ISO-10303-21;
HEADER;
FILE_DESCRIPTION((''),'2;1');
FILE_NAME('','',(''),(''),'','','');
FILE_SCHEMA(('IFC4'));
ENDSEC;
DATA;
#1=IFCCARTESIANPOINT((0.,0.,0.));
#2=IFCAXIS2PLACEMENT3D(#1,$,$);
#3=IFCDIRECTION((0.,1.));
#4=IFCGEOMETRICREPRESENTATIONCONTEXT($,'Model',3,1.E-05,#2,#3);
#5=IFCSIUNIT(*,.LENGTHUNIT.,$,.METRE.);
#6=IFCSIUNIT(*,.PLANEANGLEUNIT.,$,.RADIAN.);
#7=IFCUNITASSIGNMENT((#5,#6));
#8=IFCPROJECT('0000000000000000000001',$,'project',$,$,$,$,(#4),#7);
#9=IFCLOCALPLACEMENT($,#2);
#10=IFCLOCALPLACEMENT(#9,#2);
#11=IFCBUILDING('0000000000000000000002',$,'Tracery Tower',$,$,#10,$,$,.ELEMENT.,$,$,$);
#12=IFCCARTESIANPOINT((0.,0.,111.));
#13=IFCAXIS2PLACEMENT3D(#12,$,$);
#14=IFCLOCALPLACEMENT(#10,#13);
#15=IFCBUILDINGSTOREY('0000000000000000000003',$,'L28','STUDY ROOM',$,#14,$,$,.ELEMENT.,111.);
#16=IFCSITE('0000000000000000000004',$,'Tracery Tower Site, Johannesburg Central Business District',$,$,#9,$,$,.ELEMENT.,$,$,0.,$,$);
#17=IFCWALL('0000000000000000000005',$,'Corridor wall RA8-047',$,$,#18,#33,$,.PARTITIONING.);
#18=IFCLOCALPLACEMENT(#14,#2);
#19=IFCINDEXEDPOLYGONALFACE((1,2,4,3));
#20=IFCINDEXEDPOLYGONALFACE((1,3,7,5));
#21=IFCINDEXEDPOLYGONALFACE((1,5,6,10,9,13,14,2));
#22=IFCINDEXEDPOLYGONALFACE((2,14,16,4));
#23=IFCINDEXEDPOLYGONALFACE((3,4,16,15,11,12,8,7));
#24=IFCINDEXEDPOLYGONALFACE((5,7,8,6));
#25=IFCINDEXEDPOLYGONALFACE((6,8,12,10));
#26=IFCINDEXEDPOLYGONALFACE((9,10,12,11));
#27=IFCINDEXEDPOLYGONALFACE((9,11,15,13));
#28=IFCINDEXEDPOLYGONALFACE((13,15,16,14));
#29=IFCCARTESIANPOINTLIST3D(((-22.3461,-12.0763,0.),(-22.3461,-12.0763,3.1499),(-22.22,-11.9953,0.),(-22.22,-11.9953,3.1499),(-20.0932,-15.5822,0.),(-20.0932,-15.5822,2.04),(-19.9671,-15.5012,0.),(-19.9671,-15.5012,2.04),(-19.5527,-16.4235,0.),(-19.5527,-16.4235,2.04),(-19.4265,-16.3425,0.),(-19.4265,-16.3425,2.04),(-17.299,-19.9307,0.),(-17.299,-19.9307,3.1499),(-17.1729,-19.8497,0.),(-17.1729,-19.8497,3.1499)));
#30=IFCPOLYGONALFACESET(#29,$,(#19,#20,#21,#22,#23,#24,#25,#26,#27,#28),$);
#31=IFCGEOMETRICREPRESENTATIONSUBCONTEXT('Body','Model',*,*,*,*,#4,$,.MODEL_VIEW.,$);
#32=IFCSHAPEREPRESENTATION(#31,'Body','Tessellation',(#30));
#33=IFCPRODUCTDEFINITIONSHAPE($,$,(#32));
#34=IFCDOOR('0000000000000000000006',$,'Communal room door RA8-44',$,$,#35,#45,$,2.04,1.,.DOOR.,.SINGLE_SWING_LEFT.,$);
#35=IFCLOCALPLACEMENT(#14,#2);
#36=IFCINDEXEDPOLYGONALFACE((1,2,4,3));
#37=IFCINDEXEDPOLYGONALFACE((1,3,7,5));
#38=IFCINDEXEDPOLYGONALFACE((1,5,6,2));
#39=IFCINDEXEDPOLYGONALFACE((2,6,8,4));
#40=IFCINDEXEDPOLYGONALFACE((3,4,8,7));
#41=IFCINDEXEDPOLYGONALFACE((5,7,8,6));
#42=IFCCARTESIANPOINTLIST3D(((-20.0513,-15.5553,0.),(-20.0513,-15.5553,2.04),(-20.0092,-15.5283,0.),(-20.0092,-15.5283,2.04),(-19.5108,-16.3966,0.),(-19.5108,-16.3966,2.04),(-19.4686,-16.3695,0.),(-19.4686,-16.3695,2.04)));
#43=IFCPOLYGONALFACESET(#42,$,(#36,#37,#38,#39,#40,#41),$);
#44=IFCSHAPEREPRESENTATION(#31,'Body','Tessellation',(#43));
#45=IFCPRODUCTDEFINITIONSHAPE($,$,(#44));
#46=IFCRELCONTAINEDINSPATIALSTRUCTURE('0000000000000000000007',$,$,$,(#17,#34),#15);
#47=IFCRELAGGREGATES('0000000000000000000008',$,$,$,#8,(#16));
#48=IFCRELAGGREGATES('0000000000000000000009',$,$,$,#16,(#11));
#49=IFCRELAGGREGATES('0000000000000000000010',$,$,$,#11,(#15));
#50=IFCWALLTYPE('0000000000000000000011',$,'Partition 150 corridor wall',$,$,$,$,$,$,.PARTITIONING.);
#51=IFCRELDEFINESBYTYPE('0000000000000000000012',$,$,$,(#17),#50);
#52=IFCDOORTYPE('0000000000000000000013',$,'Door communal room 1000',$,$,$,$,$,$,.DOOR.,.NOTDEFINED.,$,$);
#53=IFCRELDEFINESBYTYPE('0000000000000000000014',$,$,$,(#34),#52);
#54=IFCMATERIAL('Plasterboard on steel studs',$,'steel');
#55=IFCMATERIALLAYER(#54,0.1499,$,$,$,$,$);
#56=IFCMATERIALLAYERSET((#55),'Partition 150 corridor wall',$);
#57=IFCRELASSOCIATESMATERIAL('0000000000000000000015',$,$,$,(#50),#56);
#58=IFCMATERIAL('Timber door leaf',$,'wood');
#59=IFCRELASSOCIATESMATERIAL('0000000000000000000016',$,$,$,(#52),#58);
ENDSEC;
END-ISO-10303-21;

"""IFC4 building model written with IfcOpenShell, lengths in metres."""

from ifc_helpers import new_model, si_unit, direction, frame, frame_2d, origin, place, context, subcontext, project, spatial, rectangle, extrude, material, layer, layer_set, type_object, element, fill, save


model = new_model("IFC4")

# Units and contexts
model_context = context("Model", 3, precision=1e-05, world=origin(), true_north=direction((0.0, 1.0)))
body_context = subcontext(model_context, "Body", "Model", "MODEL_VIEW")
ifc_project = project(units=[si_unit("LENGTHUNIT", "METRE"), si_unit("PLANEANGLEUNIT", "RADIAN")], contexts=[model_context])

# Site, building, storey
site_placement = place(None, origin())
site = spatial("IfcSite", under=ifc_project, at=site_placement, Name="Tracery Tower Site, Johannesburg Central Business District", CompositionType="ELEMENT", RefElevation=0.0)
building_placement = place(site_placement, origin())
building = spatial("IfcBuilding", under=site, at=building_placement, Name="Tracery Tower", CompositionType="ELEMENT")
storey_placement = place(building_placement, frame((0.0, 0.0, 111.0)))
storey = spatial("IfcBuildingStorey", under=building, at=storey_placement, Name="L28", Description="STUDY ROOM", CompositionType="ELEMENT", Elevation=111.0)

# Wall, opening, door
ifc_material_1 = material(Name="Plasterboard on steel studs", Category="steel")
ifc_layer_1 = layer(ifc_material_1, 0.1499)
ifc_layer_set_1 = layer_set([ifc_layer_1], Name="Partition 150 corridor wall")
wall_type_1 = type_object("IfcWallType", Name="Partition 150 corridor wall", PredefinedType="PARTITIONING", material=ifc_layer_set_1)
wall_1_placement = place(storey_placement, frame((-22.283, -12.0359, 0.0), z_axis=(0.0, 0.0, 1.0), x_axis=(0.540591, -0.841286, 0.0)))
wall_1 = element("IfcWall", 1, at=wall_1_placement, inside=storey, type_object=wall_type_1, Name="Corridor wall RA8-047", PredefinedType="PARTITIONING", context=body_context, shape_type="SweptSolid", body=[
    extrude(rectangle(XDim=9.3362, YDim=0.1499, at=frame_2d((4.668, 0.0))), origin(), (0.0, 0.0, 1.0), 3.1499),
])
opening_1_placement = place(wall_1_placement, frame((4.1672, 0.0, 0.0)))
opening_1 = element("IfcOpeningElement", 2, at=opening_1_placement, cuts=wall_1, PredefinedType="OPENING", context=body_context, shape_type="SweptSolid", body=[
    extrude(rectangle(XDim=1.0, YDim=2.04, at=frame_2d((0.5, 1.02))), frame((0.0, 0.075, 0.0), z_axis=(0.0, -1.0, 0.0), x_axis=(1.0, 0.0, 0.0)), (0.0, 0.0, 1.0), 0.1499),
])
ifc_material_2 = material(Name="Timber door leaf", Category="wood")
door_type_1 = type_object("IfcDoorType", Name="Door communal room 1000", OperationType="NOTDEFINED", PredefinedType="DOOR", material=ifc_material_2)
door_1_placement = place(opening_1_placement, origin())
door_1 = element("IfcDoor", 3, at=door_1_placement, inside=storey, type_object=door_type_1, Name="Communal room door RA8-44", OperationType="SINGLE_SWING_LEFT", OverallHeight=2.04, OverallWidth=1.0, PredefinedType="DOOR", context=body_context, shape_type="SweptSolid", body=[
    extrude(rectangle(XDim=1.0, YDim=2.04, at=frame_2d((0.5, 1.02))), frame((0.0, 0.0249, 0.0), z_axis=(0.0, -1.0, 0.0), x_axis=(1.0, 0.0, 0.0)), (0.0, 0.0, 1.0), 0.05),
])
fill(opening_1, door_1)

save(model, "model.ifc")
